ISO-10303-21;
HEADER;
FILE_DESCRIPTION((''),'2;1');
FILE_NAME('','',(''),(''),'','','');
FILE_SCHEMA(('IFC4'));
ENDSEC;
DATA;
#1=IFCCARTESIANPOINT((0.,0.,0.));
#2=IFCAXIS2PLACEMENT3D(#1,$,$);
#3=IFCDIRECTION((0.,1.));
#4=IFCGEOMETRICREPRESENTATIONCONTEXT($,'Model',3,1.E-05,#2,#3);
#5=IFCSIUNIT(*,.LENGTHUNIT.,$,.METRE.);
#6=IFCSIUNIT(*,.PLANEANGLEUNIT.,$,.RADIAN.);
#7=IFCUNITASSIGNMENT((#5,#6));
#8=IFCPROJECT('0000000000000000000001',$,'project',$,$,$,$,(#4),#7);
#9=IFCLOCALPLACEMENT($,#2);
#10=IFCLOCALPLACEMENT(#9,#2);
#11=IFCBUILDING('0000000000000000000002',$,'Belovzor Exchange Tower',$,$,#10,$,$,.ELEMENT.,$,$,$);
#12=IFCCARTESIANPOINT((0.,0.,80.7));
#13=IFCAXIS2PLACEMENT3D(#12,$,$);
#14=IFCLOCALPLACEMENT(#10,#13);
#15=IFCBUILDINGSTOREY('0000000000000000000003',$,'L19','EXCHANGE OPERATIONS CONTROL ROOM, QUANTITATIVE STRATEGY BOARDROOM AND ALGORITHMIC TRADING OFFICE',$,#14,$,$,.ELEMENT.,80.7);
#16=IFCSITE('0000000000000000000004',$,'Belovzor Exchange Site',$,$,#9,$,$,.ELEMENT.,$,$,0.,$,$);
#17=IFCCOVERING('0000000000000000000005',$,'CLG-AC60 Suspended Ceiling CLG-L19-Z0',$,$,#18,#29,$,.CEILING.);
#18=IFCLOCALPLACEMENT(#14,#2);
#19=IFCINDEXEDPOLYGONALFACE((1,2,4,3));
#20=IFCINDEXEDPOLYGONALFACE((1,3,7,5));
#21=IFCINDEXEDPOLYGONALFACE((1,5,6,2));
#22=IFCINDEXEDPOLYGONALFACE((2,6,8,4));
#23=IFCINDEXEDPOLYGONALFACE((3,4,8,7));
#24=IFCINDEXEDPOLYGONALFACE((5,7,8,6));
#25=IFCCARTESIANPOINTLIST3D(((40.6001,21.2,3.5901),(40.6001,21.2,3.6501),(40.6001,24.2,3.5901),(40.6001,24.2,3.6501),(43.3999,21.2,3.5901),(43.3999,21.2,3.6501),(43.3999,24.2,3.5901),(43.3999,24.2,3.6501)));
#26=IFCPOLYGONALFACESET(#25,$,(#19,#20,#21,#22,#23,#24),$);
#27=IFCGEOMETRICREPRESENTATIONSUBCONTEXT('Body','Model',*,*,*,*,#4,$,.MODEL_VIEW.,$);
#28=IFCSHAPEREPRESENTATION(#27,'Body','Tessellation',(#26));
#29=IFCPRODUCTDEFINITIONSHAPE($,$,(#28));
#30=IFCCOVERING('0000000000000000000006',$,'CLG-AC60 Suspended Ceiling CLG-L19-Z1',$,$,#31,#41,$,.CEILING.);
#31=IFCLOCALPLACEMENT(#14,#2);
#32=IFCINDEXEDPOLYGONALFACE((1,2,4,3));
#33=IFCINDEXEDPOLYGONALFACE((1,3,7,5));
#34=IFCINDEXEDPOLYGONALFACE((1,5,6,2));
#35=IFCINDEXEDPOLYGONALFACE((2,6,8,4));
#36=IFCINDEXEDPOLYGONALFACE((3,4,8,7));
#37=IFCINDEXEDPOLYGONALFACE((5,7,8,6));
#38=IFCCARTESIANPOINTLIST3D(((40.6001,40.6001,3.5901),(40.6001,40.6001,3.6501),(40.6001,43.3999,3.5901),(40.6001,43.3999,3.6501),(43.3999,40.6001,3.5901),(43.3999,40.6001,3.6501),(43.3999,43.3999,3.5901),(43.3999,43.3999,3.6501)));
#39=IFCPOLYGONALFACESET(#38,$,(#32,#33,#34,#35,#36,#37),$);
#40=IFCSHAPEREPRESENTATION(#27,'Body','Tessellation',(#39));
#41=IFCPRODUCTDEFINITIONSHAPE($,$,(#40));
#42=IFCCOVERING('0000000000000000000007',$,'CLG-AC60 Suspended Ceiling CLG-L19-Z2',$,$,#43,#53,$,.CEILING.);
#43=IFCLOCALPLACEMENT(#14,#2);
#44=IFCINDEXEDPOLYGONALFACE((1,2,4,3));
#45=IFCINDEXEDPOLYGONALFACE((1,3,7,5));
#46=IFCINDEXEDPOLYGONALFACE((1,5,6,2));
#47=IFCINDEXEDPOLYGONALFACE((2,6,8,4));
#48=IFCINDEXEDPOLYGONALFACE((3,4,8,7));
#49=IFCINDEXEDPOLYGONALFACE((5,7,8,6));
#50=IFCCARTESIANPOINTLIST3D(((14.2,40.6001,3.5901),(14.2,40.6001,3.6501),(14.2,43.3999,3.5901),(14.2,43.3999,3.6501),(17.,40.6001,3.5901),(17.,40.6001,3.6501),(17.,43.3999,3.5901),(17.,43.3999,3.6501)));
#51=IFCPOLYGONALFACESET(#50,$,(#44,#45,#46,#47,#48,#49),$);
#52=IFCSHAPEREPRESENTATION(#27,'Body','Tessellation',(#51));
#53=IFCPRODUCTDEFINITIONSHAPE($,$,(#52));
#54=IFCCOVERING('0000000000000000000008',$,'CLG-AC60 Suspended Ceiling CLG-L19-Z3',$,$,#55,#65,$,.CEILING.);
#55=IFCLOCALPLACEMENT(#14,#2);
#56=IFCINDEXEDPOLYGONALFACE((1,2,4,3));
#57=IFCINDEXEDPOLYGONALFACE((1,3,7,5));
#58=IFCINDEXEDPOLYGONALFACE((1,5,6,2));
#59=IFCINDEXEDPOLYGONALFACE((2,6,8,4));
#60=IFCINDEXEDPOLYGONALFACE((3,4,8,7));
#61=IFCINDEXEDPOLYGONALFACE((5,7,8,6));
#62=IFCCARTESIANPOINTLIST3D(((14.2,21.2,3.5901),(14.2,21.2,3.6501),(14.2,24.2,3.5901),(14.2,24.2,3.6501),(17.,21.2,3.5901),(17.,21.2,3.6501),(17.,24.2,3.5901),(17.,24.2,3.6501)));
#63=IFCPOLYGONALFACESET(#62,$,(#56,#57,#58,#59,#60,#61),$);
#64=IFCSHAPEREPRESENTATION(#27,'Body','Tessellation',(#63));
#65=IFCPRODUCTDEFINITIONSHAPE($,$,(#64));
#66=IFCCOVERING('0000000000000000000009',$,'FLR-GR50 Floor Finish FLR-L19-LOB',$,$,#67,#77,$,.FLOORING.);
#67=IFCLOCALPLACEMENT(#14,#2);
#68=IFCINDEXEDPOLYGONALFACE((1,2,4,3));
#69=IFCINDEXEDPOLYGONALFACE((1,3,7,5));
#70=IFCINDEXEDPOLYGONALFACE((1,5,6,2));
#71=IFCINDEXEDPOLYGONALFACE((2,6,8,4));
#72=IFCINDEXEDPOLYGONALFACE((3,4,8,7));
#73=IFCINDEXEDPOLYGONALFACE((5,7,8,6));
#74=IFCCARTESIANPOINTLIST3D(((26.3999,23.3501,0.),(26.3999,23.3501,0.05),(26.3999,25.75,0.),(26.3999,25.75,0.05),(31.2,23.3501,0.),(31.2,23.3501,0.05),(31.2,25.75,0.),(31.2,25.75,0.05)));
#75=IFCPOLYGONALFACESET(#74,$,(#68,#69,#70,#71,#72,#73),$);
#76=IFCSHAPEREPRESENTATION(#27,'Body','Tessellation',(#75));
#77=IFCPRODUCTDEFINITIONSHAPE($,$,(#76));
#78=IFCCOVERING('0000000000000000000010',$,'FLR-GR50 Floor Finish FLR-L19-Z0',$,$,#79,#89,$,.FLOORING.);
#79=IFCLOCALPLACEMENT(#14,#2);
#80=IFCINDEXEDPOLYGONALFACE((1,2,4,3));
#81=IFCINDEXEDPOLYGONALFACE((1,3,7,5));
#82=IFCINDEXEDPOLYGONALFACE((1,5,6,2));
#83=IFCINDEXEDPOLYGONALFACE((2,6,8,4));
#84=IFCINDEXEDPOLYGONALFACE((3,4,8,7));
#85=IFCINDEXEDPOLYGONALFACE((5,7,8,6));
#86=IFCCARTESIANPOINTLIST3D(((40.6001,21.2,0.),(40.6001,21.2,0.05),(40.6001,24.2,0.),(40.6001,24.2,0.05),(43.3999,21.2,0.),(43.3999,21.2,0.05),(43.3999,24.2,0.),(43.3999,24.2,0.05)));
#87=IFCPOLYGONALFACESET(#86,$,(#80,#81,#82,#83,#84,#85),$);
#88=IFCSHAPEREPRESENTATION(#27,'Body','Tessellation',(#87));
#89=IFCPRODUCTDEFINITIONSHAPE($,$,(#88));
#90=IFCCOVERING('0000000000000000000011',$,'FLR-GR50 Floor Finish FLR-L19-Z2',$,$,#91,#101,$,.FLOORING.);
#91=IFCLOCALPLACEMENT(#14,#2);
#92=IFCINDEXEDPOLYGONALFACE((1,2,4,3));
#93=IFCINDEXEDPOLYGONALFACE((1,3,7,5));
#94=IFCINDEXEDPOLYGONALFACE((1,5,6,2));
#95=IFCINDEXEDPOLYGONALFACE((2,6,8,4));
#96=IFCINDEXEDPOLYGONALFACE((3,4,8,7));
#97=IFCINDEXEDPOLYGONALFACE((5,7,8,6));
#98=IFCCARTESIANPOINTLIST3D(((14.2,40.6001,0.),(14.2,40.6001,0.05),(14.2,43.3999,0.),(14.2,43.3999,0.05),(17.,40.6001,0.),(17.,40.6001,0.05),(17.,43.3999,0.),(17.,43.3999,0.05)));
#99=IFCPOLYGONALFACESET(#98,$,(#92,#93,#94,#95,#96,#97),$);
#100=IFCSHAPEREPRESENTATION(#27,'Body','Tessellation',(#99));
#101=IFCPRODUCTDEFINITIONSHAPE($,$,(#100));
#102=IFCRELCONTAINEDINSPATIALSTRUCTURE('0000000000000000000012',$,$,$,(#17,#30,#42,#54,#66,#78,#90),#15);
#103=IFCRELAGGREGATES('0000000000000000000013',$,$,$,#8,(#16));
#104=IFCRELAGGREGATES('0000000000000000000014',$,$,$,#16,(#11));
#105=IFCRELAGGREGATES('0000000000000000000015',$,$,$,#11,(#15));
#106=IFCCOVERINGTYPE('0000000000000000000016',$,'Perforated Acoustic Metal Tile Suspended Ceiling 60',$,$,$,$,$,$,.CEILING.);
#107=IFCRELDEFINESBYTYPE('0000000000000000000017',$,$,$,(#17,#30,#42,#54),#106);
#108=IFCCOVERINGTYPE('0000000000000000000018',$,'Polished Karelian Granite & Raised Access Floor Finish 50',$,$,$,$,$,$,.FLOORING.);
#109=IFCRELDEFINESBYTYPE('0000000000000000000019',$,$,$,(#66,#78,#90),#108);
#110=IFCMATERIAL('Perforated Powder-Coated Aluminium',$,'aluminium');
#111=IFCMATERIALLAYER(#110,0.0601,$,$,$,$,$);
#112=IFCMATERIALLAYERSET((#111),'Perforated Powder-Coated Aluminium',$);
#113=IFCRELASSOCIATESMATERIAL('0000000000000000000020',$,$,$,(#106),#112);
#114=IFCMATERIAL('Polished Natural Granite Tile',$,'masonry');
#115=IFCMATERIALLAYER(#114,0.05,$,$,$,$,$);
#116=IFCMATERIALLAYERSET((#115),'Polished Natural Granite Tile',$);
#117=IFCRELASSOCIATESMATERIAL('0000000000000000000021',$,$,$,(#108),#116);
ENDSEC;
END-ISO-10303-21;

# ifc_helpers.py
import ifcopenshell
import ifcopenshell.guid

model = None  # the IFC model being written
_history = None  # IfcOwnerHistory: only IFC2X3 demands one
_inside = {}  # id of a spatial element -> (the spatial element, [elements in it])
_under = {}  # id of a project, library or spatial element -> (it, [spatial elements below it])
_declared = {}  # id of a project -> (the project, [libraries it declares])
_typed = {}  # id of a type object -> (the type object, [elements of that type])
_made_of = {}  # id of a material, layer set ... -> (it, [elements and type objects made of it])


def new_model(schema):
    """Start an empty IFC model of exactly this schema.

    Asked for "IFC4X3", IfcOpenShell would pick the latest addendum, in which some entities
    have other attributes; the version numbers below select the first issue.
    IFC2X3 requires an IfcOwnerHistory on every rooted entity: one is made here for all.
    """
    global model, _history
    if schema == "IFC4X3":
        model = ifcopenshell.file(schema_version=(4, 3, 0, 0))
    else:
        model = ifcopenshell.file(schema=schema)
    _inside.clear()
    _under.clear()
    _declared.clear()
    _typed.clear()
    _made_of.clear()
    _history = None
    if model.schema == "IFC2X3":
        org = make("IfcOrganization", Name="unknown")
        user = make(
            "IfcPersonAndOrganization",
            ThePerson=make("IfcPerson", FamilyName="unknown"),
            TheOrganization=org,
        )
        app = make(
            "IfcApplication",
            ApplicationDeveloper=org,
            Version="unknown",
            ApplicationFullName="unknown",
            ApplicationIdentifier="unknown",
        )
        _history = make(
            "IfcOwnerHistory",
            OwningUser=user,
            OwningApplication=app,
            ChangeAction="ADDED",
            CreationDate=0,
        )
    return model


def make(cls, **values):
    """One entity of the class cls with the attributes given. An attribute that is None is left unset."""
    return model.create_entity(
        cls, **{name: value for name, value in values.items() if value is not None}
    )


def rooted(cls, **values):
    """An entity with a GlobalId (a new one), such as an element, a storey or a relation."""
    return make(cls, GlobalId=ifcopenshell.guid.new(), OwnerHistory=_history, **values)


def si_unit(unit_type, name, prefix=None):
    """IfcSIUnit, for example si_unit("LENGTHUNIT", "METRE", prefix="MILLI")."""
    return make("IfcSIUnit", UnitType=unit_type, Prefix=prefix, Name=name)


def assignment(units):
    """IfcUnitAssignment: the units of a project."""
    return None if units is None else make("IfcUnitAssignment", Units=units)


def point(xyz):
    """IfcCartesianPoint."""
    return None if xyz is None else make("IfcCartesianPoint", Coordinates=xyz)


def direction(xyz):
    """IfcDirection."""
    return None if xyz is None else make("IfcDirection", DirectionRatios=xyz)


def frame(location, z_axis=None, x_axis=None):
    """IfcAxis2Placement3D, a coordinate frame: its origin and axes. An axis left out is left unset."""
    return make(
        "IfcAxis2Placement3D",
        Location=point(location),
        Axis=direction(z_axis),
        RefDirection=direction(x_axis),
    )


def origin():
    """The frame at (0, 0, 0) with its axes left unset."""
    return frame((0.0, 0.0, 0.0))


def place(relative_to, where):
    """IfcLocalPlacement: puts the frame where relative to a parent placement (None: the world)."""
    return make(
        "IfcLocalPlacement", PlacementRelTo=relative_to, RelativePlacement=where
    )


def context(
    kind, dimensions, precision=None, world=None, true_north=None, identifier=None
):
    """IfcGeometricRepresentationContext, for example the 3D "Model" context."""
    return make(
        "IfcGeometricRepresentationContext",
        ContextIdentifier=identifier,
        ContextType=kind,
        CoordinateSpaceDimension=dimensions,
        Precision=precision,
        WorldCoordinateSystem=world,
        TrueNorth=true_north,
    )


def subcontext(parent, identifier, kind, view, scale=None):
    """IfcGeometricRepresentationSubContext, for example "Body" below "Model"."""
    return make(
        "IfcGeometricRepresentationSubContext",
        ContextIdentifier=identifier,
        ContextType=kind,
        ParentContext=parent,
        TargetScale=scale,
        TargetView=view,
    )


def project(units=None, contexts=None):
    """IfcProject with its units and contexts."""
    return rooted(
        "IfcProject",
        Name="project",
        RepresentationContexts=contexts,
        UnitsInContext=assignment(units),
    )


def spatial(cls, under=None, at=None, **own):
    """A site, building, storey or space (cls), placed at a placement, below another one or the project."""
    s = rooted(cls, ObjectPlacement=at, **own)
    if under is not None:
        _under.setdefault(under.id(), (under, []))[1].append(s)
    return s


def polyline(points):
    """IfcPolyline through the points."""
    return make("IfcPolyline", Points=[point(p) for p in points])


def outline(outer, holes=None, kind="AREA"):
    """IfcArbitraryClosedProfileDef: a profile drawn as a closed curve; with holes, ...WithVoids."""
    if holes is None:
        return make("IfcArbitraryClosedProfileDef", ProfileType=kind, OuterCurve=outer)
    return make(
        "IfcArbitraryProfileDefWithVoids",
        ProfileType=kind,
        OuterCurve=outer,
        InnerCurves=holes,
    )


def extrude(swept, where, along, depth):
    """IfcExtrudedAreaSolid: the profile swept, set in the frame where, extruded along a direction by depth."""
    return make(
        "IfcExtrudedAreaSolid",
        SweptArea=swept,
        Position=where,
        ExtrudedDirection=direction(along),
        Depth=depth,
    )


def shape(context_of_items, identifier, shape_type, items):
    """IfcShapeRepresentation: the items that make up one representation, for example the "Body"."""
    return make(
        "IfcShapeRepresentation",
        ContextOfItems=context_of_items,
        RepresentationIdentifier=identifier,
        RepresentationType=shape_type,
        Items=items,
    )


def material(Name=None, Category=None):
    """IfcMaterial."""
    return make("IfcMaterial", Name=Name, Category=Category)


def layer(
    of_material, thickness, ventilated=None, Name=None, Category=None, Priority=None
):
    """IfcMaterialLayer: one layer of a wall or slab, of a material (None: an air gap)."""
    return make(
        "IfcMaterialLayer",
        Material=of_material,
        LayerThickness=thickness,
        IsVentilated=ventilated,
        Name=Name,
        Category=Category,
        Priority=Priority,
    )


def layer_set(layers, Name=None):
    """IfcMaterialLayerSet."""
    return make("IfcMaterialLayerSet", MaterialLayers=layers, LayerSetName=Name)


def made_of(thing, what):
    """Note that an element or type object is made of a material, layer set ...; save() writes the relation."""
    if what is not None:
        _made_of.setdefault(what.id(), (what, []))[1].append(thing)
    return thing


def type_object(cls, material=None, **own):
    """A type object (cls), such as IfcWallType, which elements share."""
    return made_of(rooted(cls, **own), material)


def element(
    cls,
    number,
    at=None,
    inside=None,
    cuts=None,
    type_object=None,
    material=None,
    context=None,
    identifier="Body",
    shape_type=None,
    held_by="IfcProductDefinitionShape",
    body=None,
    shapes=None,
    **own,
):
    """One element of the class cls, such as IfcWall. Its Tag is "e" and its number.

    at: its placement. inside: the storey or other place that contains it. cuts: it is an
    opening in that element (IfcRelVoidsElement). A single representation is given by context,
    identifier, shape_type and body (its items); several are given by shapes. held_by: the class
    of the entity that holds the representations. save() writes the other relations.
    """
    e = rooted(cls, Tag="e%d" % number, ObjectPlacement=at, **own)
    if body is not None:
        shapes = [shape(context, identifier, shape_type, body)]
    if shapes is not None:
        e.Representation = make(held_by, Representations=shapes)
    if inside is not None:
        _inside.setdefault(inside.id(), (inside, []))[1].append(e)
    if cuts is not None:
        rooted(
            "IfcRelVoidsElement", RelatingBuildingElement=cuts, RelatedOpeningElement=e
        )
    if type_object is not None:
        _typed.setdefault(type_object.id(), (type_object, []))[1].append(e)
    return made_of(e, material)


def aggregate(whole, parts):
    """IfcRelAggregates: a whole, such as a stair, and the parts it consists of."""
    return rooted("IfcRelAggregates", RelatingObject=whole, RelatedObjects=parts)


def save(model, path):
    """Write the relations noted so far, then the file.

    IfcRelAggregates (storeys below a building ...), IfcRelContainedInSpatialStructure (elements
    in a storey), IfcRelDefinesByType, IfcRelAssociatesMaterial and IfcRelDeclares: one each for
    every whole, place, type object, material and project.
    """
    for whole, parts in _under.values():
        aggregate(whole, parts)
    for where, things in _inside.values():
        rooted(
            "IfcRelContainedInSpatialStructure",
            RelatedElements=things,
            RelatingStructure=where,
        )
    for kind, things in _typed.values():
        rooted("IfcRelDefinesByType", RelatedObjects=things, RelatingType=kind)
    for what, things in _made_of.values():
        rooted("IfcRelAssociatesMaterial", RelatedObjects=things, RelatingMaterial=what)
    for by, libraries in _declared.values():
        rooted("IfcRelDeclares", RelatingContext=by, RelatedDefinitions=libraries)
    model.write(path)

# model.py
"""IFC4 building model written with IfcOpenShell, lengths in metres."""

from ifc_helpers import new_model, si_unit, direction, frame, origin, place, context, subcontext, project, spatial, polyline, outline, extrude, material, layer, layer_set, type_object, element, save


model = new_model("IFC4")

# Units and contexts
model_context = context("Model", 3, precision=1e-05, world=origin(), true_north=direction((0.0, 1.0)))
body_context = subcontext(model_context, "Body", "Model", "MODEL_VIEW")
ifc_project = project(units=[si_unit("LENGTHUNIT", "METRE"), si_unit("PLANEANGLEUNIT", "RADIAN")], contexts=[model_context])

# Site, building, storey
site_placement = place(None, origin())
site = spatial("IfcSite", under=ifc_project, at=site_placement, Name="Belovzor Exchange Site", CompositionType="ELEMENT", RefElevation=0.0)
building_placement = place(site_placement, origin())
building = spatial("IfcBuilding", under=site, at=building_placement, Name="Belovzor Exchange Tower", CompositionType="ELEMENT")
storey_placement = place(building_placement, frame((0.0, 0.0, 80.7)))
storey = spatial("IfcBuildingStorey", under=building, at=storey_placement, Name="L19", Description="EXCHANGE OPERATIONS CONTROL ROOM, QUANTITATIVE STRATEGY BOARDROOM AND ALGORITHMIC TRADING OFFICE", CompositionType="ELEMENT", Elevation=80.7)

# Coverings
ifc_material_1 = material(Name="Perforated Powder-Coated Aluminium", Category="aluminium")
ifc_layer_1 = layer(ifc_material_1, 0.0601)
ifc_layer_set_1 = layer_set([ifc_layer_1], Name="Perforated Powder-Coated Aluminium")
covering_type_1 = type_object("IfcCoveringType", Name="Perforated Acoustic Metal Tile Suspended Ceiling 60", PredefinedType="CEILING", material=ifc_layer_set_1)
covering_1_placement = place(storey_placement, frame((0.0, 0.0, 3.5901)))
element("IfcCovering", 1, at=covering_1_placement, inside=storey, type_object=covering_type_1, Name="CLG-AC60 Suspended Ceiling CLG-L19-Z0", PredefinedType="CEILING", context=body_context, shape_type="SweptSolid", body=[
    extrude(outline(polyline([(40.6001, 21.2), (43.3999, 21.2), (43.3999, 24.2), (40.6001, 24.2), (40.6001, 21.2)])), origin(), (0.0, 0.0, 1.0), 0.0601),
])
covering_2_placement = place(storey_placement, frame((0.0, 0.0, 3.5901)))
element("IfcCovering", 2, at=covering_2_placement, inside=storey, type_object=covering_type_1, Name="CLG-AC60 Suspended Ceiling CLG-L19-Z1", PredefinedType="CEILING", context=body_context, shape_type="SweptSolid", body=[
    extrude(outline(polyline([(40.6001, 40.6001), (43.3999, 40.6001), (43.3999, 43.3999), (40.6001, 43.3999), (40.6001, 40.6001)])), origin(), (0.0, 0.0, 1.0), 0.0601),
])
covering_3_placement = place(storey_placement, frame((0.0, 0.0, 3.5901)))
element("IfcCovering", 3, at=covering_3_placement, inside=storey, type_object=covering_type_1, Name="CLG-AC60 Suspended Ceiling CLG-L19-Z2", PredefinedType="CEILING", context=body_context, shape_type="SweptSolid", body=[
    extrude(outline(polyline([(14.2, 40.6001), (17.0, 40.6001), (17.0, 43.3999), (14.2, 43.3999), (14.2, 40.6001)])), origin(), (0.0, 0.0, 1.0), 0.0601),
])
covering_4_placement = place(storey_placement, frame((0.0, 0.0, 3.5901)))
element("IfcCovering", 4, at=covering_4_placement, inside=storey, type_object=covering_type_1, Name="CLG-AC60 Suspended Ceiling CLG-L19-Z3", PredefinedType="CEILING", context=body_context, shape_type="SweptSolid", body=[
    extrude(outline(polyline([(14.2, 21.2), (17.0, 21.2), (17.0, 24.2), (14.2, 24.2), (14.2, 21.2)])), origin(), (0.0, 0.0, 1.0), 0.0601),
])
ifc_material_2 = material(Name="Polished Natural Granite Tile", Category="masonry")
ifc_layer_2 = layer(ifc_material_2, 0.05)
ifc_layer_set_2 = layer_set([ifc_layer_2], Name="Polished Natural Granite Tile")
covering_type_2 = type_object("IfcCoveringType", Name="Polished Karelian Granite & Raised Access Floor Finish 50", PredefinedType="FLOORING", material=ifc_layer_set_2)
covering_5_placement = place(storey_placement, origin())
element("IfcCovering", 5, at=covering_5_placement, inside=storey, type_object=covering_type_2, Name="FLR-GR50 Floor Finish FLR-L19-LOB", PredefinedType="FLOORING", context=body_context, shape_type="SweptSolid", body=[
    extrude(outline(polyline([(26.3999, 23.3501), (31.2, 23.3501), (31.2, 25.75), (26.3999, 25.75), (26.3999, 23.3501)])), origin(), (0.0, 0.0, 1.0), 0.05),
])
covering_6_placement = place(storey_placement, origin())
element("IfcCovering", 6, at=covering_6_placement, inside=storey, type_object=covering_type_2, Name="FLR-GR50 Floor Finish FLR-L19-Z0", PredefinedType="FLOORING", context=body_context, shape_type="SweptSolid", body=[
    extrude(outline(polyline([(40.6001, 21.2), (43.3999, 21.2), (43.3999, 24.2), (40.6001, 24.2), (40.6001, 21.2)])), origin(), (0.0, 0.0, 1.0), 0.05),
])
covering_7_placement = place(storey_placement, origin())
element("IfcCovering", 7, at=covering_7_placement, inside=storey, type_object=covering_type_2, Name="FLR-GR50 Floor Finish FLR-L19-Z2", PredefinedType="FLOORING", context=body_context, shape_type="SweptSolid", body=[
    extrude(outline(polyline([(14.2, 40.6001), (17.0, 40.6001), (17.0, 43.3999), (14.2, 43.3999), (14.2, 40.6001)])), origin(), (0.0, 0.0, 1.0), 0.05),
])

save(model, "model.ifc")
